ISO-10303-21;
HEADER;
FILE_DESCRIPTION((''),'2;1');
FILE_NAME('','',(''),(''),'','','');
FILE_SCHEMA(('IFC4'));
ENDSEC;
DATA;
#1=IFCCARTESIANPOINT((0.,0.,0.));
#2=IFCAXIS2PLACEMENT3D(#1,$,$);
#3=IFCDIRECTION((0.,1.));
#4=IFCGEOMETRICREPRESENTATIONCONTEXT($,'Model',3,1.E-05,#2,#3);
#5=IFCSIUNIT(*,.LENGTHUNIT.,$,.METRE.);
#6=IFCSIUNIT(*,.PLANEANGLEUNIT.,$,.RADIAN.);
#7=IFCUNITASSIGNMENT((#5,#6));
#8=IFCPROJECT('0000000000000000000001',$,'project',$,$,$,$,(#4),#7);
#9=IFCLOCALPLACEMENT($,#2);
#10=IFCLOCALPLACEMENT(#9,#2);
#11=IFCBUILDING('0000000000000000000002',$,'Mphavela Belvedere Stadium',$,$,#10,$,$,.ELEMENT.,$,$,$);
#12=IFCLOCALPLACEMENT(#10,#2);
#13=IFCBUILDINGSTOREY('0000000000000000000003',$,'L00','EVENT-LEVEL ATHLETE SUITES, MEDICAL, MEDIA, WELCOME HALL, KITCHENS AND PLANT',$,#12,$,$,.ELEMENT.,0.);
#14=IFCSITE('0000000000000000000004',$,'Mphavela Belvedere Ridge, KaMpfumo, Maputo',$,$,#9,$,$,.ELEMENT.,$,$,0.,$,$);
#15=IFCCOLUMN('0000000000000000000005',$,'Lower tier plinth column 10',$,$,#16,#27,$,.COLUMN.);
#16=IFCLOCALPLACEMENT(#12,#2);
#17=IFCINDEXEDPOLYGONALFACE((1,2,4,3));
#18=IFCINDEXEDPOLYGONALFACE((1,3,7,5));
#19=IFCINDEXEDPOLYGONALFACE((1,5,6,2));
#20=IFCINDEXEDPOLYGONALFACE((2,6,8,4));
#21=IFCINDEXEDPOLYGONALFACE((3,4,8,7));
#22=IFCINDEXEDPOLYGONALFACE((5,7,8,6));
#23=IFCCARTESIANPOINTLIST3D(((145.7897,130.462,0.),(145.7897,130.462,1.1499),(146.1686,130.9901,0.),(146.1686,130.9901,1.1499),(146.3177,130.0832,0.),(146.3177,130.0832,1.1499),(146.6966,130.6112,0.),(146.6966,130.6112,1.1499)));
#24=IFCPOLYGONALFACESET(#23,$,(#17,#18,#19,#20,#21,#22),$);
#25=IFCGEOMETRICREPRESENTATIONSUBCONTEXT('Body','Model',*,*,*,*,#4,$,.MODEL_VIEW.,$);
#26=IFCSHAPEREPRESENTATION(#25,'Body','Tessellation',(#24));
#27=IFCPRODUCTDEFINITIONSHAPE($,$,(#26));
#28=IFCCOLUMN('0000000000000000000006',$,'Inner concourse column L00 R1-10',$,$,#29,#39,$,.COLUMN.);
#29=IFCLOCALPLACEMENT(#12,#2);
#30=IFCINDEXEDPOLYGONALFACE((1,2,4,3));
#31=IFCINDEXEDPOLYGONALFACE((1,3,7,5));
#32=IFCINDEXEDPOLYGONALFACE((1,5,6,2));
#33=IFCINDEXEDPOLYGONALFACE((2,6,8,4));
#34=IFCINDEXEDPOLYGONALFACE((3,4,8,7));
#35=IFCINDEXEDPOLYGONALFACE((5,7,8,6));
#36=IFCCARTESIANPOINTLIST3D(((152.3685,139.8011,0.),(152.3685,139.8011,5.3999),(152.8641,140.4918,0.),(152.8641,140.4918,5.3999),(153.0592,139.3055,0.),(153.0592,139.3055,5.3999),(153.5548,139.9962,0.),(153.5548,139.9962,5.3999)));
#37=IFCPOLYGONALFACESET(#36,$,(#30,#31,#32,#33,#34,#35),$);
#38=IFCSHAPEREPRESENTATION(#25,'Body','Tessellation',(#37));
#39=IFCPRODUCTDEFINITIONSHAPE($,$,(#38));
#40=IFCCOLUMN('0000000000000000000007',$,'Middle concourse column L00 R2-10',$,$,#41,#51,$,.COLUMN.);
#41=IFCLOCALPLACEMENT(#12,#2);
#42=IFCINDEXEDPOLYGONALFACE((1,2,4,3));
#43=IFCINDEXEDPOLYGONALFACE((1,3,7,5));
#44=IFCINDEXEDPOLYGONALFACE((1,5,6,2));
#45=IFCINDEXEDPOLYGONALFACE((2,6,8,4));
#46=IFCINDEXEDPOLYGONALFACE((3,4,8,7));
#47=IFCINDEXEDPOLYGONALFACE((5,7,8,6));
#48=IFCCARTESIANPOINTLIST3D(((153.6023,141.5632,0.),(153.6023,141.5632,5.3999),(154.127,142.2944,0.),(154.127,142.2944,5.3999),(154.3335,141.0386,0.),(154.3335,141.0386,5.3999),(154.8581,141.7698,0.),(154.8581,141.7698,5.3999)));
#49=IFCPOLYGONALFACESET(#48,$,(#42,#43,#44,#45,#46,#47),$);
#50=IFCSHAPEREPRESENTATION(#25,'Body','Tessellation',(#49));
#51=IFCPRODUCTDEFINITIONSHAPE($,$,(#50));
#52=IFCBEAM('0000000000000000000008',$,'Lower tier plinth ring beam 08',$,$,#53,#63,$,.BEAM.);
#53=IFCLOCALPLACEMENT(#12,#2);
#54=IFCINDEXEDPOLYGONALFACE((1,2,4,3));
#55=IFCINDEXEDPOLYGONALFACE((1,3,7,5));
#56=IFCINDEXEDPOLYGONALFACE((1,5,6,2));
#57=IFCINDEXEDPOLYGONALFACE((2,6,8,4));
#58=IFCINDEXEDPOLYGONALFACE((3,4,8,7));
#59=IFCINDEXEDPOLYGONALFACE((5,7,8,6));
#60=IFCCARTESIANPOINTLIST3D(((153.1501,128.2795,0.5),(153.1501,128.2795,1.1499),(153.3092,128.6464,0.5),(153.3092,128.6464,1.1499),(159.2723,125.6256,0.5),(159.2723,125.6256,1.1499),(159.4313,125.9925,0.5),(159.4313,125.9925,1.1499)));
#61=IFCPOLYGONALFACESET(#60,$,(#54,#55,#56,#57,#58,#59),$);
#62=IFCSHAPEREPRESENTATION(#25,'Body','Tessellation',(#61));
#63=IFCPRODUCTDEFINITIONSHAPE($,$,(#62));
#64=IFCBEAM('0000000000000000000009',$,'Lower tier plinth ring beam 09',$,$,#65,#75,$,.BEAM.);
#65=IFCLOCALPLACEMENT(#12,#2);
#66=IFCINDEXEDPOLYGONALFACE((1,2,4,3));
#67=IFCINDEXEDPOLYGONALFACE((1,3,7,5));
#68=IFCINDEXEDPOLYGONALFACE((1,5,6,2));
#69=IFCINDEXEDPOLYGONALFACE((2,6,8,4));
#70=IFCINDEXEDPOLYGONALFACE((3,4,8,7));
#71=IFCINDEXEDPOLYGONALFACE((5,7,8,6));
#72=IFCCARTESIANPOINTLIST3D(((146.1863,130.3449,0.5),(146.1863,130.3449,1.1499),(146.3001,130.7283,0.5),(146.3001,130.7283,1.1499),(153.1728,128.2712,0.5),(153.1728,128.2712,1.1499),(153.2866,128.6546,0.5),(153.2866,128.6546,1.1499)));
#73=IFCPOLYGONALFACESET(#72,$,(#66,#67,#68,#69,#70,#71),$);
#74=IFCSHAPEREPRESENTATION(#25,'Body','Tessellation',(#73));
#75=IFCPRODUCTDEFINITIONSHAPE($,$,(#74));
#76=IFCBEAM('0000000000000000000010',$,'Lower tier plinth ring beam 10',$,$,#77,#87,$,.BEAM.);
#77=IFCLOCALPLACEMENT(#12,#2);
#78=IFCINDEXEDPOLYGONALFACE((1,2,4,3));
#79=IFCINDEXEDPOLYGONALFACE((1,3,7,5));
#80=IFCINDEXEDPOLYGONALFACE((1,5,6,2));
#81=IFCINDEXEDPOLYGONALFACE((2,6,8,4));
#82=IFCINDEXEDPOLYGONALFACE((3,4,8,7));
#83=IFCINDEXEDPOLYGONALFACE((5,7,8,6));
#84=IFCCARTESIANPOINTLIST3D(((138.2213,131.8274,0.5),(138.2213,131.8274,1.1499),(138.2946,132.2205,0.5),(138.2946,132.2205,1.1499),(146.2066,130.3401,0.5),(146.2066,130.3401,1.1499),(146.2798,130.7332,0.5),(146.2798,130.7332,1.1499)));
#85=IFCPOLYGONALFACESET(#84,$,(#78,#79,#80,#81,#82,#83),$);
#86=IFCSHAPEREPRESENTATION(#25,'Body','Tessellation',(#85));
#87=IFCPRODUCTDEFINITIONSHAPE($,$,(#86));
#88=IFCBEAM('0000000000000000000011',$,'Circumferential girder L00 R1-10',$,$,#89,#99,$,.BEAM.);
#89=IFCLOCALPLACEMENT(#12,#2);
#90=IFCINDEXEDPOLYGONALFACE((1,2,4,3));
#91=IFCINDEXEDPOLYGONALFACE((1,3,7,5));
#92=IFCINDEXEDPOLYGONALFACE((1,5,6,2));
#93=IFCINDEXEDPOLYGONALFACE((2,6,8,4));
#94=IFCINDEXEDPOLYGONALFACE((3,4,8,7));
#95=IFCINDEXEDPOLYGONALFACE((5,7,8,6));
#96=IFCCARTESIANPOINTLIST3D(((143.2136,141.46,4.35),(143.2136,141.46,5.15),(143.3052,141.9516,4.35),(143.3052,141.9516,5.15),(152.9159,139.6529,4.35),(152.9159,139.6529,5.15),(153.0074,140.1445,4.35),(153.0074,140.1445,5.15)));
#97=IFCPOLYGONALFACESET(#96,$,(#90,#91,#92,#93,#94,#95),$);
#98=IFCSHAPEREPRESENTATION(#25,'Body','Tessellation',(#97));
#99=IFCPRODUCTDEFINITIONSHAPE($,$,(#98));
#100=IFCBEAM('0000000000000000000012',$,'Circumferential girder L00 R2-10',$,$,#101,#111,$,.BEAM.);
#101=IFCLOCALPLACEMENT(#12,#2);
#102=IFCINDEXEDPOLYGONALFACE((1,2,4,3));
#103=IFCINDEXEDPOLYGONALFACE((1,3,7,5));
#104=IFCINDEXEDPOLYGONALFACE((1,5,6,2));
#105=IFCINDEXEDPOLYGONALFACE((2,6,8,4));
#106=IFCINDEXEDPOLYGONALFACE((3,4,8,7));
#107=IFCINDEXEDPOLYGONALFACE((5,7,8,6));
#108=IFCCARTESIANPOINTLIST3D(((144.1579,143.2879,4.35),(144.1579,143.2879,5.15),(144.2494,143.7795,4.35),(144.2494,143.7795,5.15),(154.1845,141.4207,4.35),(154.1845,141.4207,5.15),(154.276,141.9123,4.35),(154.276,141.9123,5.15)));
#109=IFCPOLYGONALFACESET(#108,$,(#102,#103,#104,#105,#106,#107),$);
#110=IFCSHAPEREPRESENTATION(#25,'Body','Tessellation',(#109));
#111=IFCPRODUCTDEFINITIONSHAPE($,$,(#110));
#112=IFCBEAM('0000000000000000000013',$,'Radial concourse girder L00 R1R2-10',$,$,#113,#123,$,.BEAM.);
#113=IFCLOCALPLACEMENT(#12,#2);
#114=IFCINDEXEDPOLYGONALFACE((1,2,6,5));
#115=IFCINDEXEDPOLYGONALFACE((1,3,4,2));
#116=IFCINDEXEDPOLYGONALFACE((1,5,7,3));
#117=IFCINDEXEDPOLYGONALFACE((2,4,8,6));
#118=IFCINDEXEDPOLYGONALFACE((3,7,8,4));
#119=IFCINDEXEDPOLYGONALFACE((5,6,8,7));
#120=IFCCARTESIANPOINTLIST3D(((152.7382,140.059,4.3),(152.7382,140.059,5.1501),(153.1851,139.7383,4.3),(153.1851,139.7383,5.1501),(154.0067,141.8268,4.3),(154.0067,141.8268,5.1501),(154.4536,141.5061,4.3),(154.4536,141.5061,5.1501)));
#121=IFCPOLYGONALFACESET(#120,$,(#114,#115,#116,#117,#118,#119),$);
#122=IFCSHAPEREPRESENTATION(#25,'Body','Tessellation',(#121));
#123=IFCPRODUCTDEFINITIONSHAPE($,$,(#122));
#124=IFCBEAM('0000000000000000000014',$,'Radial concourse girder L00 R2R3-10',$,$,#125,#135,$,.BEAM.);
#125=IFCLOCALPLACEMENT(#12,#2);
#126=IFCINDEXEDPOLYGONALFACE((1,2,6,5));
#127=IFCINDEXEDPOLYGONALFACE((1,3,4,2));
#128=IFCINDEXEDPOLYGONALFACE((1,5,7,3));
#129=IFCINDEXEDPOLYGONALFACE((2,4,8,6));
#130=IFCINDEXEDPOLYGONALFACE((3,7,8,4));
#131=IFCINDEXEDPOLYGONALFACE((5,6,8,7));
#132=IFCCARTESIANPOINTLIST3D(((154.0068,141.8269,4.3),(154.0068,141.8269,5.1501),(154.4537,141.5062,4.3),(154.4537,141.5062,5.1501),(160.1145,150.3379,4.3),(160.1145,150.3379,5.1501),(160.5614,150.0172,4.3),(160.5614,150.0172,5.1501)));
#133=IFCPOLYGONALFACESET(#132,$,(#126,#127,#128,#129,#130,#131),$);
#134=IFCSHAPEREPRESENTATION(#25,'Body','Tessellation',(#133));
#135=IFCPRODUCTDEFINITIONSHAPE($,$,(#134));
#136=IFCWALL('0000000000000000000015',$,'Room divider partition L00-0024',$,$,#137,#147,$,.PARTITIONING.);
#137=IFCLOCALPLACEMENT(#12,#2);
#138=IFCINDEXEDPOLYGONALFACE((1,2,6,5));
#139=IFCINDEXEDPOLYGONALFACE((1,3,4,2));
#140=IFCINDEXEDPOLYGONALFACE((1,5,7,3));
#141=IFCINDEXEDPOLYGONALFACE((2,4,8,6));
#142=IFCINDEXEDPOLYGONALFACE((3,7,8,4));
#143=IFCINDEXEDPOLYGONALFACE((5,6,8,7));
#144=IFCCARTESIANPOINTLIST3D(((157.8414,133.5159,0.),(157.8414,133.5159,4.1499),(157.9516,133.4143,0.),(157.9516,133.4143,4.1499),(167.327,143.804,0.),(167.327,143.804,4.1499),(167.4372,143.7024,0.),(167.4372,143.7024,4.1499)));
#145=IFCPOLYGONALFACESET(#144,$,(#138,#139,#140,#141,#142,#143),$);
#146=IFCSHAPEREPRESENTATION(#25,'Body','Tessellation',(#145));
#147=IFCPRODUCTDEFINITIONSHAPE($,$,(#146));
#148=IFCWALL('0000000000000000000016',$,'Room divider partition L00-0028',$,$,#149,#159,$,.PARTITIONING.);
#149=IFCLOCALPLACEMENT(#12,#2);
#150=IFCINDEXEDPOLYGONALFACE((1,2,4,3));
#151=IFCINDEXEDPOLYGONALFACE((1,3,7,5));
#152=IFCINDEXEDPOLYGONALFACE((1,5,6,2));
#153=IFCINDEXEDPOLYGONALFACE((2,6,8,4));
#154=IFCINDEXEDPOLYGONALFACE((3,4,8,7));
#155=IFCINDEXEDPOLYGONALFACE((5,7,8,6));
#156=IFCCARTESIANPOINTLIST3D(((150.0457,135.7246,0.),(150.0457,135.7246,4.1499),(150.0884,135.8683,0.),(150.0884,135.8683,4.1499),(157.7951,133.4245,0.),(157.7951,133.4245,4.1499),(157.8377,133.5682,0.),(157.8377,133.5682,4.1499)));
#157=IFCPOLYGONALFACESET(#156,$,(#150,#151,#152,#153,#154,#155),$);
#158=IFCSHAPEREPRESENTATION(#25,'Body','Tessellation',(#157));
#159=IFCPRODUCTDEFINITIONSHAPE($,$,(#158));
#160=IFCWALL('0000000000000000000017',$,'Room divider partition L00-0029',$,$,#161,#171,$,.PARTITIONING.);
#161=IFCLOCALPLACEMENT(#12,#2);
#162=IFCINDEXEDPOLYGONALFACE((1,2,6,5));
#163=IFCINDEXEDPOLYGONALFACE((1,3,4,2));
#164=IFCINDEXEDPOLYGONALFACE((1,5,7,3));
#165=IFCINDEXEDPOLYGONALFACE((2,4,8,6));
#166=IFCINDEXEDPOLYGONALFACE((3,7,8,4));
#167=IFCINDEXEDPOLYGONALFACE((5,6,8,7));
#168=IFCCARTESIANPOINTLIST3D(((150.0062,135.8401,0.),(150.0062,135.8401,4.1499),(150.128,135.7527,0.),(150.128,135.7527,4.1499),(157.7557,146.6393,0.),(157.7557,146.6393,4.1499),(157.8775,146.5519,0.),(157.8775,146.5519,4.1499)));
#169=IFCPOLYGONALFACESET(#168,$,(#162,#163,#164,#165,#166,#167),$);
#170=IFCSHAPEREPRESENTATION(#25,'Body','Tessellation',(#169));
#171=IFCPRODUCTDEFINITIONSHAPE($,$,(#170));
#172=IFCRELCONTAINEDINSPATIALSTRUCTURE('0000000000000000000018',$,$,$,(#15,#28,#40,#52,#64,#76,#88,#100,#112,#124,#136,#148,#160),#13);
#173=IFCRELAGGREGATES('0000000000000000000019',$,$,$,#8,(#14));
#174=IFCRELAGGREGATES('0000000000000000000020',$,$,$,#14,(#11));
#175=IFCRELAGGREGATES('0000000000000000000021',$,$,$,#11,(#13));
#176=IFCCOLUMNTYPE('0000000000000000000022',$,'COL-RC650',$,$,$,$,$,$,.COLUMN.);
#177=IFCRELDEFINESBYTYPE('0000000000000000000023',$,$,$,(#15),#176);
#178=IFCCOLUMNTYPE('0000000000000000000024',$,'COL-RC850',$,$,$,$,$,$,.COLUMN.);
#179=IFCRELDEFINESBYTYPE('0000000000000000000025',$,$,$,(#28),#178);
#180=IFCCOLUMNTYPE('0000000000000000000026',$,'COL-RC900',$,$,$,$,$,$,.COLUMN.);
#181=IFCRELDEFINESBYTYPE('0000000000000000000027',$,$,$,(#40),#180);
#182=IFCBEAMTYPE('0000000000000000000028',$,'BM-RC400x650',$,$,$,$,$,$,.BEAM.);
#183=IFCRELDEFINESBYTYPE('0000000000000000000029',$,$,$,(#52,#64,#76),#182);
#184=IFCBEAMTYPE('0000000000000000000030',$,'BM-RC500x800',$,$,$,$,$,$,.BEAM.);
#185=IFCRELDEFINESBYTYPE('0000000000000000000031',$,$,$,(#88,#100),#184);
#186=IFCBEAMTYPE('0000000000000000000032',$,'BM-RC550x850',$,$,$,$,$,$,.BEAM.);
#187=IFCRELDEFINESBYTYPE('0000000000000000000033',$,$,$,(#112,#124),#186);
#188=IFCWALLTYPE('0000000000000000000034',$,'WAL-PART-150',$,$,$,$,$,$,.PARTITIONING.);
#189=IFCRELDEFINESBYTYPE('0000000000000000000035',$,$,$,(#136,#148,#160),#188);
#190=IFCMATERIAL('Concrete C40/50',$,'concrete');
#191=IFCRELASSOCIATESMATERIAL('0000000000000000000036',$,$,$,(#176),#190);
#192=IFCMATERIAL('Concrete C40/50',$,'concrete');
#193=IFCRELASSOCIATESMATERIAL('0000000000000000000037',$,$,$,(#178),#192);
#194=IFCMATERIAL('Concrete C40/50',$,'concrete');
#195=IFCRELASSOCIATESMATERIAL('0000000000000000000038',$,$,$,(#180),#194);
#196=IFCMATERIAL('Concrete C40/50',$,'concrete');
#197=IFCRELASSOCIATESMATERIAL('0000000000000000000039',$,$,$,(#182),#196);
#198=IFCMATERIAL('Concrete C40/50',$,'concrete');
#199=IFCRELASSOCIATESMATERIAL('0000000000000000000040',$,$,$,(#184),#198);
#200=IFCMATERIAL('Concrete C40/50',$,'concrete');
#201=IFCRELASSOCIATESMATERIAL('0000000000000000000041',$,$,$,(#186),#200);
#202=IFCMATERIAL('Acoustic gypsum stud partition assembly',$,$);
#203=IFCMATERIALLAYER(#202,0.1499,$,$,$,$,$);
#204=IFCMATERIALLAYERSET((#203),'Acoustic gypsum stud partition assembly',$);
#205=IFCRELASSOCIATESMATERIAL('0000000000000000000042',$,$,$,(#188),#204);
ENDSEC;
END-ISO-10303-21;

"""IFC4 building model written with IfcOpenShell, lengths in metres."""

from ifc_helpers import new_model, si_unit, direction, frame, frame_2d, origin, origin_2d, place, context, subcontext, project, spatial, rectangle, extrude, material, layer, layer_set, material_profile, profile_set, type_object, element, save


model = new_model("IFC4")

# Units and contexts
model_context = context("Model", 3, precision=1e-05, world=origin(), true_north=direction((0.0, 1.0)))
body_context = subcontext(model_context, "Body", "Model", "MODEL_VIEW")
ifc_project = project(units=[si_unit("LENGTHUNIT", "METRE"), si_unit("PLANEANGLEUNIT", "RADIAN")], contexts=[model_context])

# Site, building, storey
site_placement = place(None, origin())
site = spatial("IfcSite", under=ifc_project, at=site_placement, Name="Mphavela Belvedere Ridge, KaMpfumo, Maputo", CompositionType="ELEMENT", RefElevation=0.0)
building_placement = place(site_placement, origin())
building = spatial("IfcBuilding", under=site, at=building_placement, Name="Mphavela Belvedere Stadium", CompositionType="ELEMENT")
storey_placement = place(building_placement, origin())
storey = spatial("IfcBuildingStorey", under=building, at=storey_placement, Name="L00", Description="EVENT-LEVEL ATHLETE SUITES, MEDICAL, MEDIA, WELCOME HALL, KITCHENS AND PLANT", CompositionType="ELEMENT", Elevation=0.0)

# Columns
ifc_material_1 = material(Name="Concrete C40/50", Category="concrete")
ifc_material_profile_1 = material_profile(ifc_material_1, rectangle(XDim=0.6499, YDim=0.6499, at=origin_2d()), Name="RC 650x650")
ifc_profile_set_1 = profile_set([ifc_material_profile_1], Name="Concrete C40/50")
column_type_1 = type_object("IfcColumnType", Name="COL-RC650", PredefinedType="COLUMN", material=ifc_profile_set_1)
for number, where, z_axis, x_axis, name in (
    (1, (146.2432, 130.5366, 0.0), (0.0, 0.0, 1.0), (0.582974, 0.812491, 0.0), "Lower tier plinth column 10"),
):
    element("IfcColumn", number, at=place(storey_placement, frame(where, z_axis=z_axis, x_axis=x_axis)), inside=storey, type_object=column_type_1, Name=name, PredefinedType="COLUMN", context=body_context, shape_type="SweptSolid", body=[
        extrude(rectangle(XDim=0.6499, YDim=0.6499, at=origin_2d()), origin(), (0.0, 0.0, 1.0), 1.1499),
    ])
ifc_material_2 = material(Name="Concrete C40/50", Category="concrete")
ifc_material_profile_2 = material_profile(ifc_material_2, rectangle(XDim=0.8501, YDim=0.8501, at=origin_2d()), Name="RC 850x850")
ifc_profile_set_2 = profile_set([ifc_material_profile_2], Name="Concrete C40/50")
column_type_2 = type_object("IfcColumnType", Name="COL-RC850", PredefinedType="COLUMN", material=ifc_profile_set_2)
column_1_placement = place(storey_placement, frame((152.9617, 139.8987, 0.0), z_axis=(0.0, 0.0, 1.0), x_axis=(0.582974, 0.812491, 0.0)))
element("IfcColumn", 2, at=column_1_placement, inside=storey, type_object=column_type_2, Name="Inner concourse column L00 R1-10", PredefinedType="COLUMN", context=body_context, shape_type="SweptSolid", body=[
    extrude(rectangle(XDim=0.8501, YDim=0.8501, at=origin_2d()), origin(), (0.0, 0.0, 1.0), 5.3999),
])
ifc_material_3 = material(Name="Concrete C40/50", Category="concrete")
ifc_material_profile_3 = material_profile(ifc_material_3, rectangle(XDim=0.8999, YDim=0.8999, at=origin_2d()), Name="RC 900x900")
ifc_profile_set_3 = profile_set([ifc_material_profile_3], Name="Concrete C40/50")
column_type_3 = type_object("IfcColumnType", Name="COL-RC900", PredefinedType="COLUMN", material=ifc_profile_set_3)
column_2_placement = place(storey_placement, frame((154.2302, 141.6665, 0.0), z_axis=(0.0, 0.0, 1.0), x_axis=(0.582974, 0.812491, 0.0)))
element("IfcColumn", 3, at=column_2_placement, inside=storey, type_object=column_type_3, Name="Middle concourse column L00 R2-10", PredefinedType="COLUMN", context=body_context, shape_type="SweptSolid", body=[
    extrude(rectangle(XDim=0.8999, YDim=0.8999, at=origin_2d()), origin(), (0.0, 0.0, 1.0), 5.3999),
])

# Beams
ifc_material_4 = material(Name="Concrete C40/50", Category="concrete")
ifc_material_profile_4 = material_profile(ifc_material_4, rectangle(XDim=0.3999, YDim=0.6499, at=origin_2d()), Name="RC 400x650")
ifc_profile_set_4 = profile_set([ifc_material_profile_4], Name="Concrete C40/50")
beam_type_1 = type_object("IfcBeamType", Name="BM-RC400x650", PredefinedType="BEAM", material=ifc_profile_set_4)
beam_1_placement = place(storey_placement, frame((159.3518, 125.8091, 0.825), z_axis=(-0.917506, 0.397722, 0.0), x_axis=(-0.397722, -0.917506, 0.0)))
element("IfcBeam", 4, at=beam_1_placement, inside=storey, type_object=beam_type_1, Name="Lower tier plinth ring beam 08", PredefinedType="BEAM", context=body_context, shape_type="SweptSolid", body=[
    extrude(rectangle(XDim=0.3999, YDim=0.6499, at=origin_2d()), origin(), (0.0, 0.0, 1.0), 6.6726),
])
beam_2_placement = place(storey_placement, frame((153.2297, 128.4629, 0.825), z_axis=(-0.958662, 0.284547, 0.0), x_axis=(-0.284547, -0.958662, 0.0)))
element("IfcBeam", 5, at=beam_2_placement, inside=storey, type_object=beam_type_1, Name="Lower tier plinth ring beam 09", PredefinedType="BEAM", context=body_context, shape_type="SweptSolid", body=[
    extrude(rectangle(XDim=0.3999, YDim=0.6499, at=origin_2d()), origin(), (0.0, 0.0, 1.0), 7.2878),
])
beam_3_placement = place(storey_placement, frame((146.2432, 130.5366, 0.825), z_axis=(-0.983092, 0.183111, 0.0), x_axis=(-0.183111, -0.983092, 0.0)))
element("IfcBeam", 6, at=beam_3_placement, inside=storey, type_object=beam_type_1, Name="Lower tier plinth ring beam 10", PredefinedType="BEAM", context=body_context, shape_type="SweptSolid", body=[
    extrude(rectangle(XDim=0.3999, YDim=0.6499, at=origin_2d()), origin(), (0.0, 0.0, 1.0), 8.1226),
])
ifc_material_5 = material(Name="Concrete C40/50", Category="concrete")
ifc_material_profile_5 = material_profile(ifc_material_5, rectangle(XDim=0.5, YDim=0.8, at=origin_2d()), Name="RC 500x800")
ifc_profile_set_5 = profile_set([ifc_material_profile_5], Name="Concrete C40/50")
beam_type_2 = type_object("IfcBeamType", Name="BM-RC500x800", PredefinedType="BEAM", material=ifc_profile_set_5)
beam_4_placement = place(storey_placement, frame((152.9617, 139.8987, 4.75), z_axis=(-0.983093, 0.183107, 0.0), x_axis=(-0.183107, -0.983093, 0.0)))
element("IfcBeam", 7, at=beam_4_placement, inside=storey, type_object=beam_type_2, Name="Circumferential girder L00 R1-10", PredefinedType="BEAM", context=body_context, shape_type="SweptSolid", body=[
    extrude(rectangle(XDim=0.5, YDim=0.8, at=origin_2d()), origin(), (0.0, 0.0, 1.0), 9.8691),
])
beam_5_placement = place(storey_placement, frame((154.2302, 141.6665, 4.75), z_axis=(-0.983099, 0.183076, 0.0), x_axis=(-0.183076, -0.983099, 0.0)))
element("IfcBeam", 8, at=beam_5_placement, inside=storey, type_object=beam_type_2, Name="Circumferential girder L00 R2-10", PredefinedType="BEAM", context=body_context, shape_type="SweptSolid", body=[
    extrude(rectangle(XDim=0.5, YDim=0.8, at=origin_2d()), origin(), (0.0, 0.0, 1.0), 10.199),
])
ifc_material_6 = material(Name="Concrete C40/50", Category="concrete")
ifc_material_profile_6 = material_profile(ifc_material_6, rectangle(XDim=0.55, YDim=0.8501, at=origin_2d()), Name="RC 550x850")
ifc_profile_set_6 = profile_set([ifc_material_profile_6], Name="Concrete C40/50")
beam_type_3 = type_object("IfcBeamType", Name="BM-RC550x850", PredefinedType="BEAM", material=ifc_profile_set_6)
beam_6_placement = place(storey_placement, frame((152.9617, 139.8987, 4.7251), z_axis=(0.583009, 0.812465, 0.0), x_axis=(-0.812465, 0.583009, 0.0)))
element("IfcBeam", 9, at=beam_6_placement, inside=storey, type_object=beam_type_3, Name="Radial concourse girder L00 R1R2-10", PredefinedType="BEAM", context=body_context, shape_type="SweptSolid", body=[
    extrude(rectangle(XDim=0.55, YDim=0.8501, at=origin_2d()), origin(), (0.0, 0.0, 1.0), 2.1758),
])
beam_7_placement = place(storey_placement, frame((154.2302, 141.6665, 4.7251), z_axis=(0.583031, 0.81245, 0.0), x_axis=(-0.81245, 0.583031, 0.0)))
element("IfcBeam", 10, at=beam_7_placement, inside=storey, type_object=beam_type_3, Name="Radial concourse girder L00 R2R3-10", PredefinedType="BEAM", context=body_context, shape_type="SweptSolid", body=[
    extrude(rectangle(XDim=0.55, YDim=0.8501, at=origin_2d()), origin(), (0.0, 0.0, 1.0), 10.4758),
])

# Walls
ifc_material_7 = material(Name="Acoustic gypsum stud partition assembly")
ifc_layer = layer(ifc_material_7, 0.1499)
ifc_layer_set = layer_set([ifc_layer], Name="Acoustic gypsum stud partition assembly")
wall_type = type_object("IfcWallType", Name="WAL-PART-150", PredefinedType="PARTITIONING", material=ifc_layer_set)
wall_1_placement = place(storey_placement, frame((157.8965, 133.4651, 0.0), z_axis=(0.0, 0.0, 1.0), x_axis=(0.677852, 0.735199, 0.0)))
element("IfcWall", 11, at=wall_1_placement, inside=storey, type_object=wall_type, Name="Room divider partition L00-0024", PredefinedType="PARTITIONING", context=body_context, shape_type="SweptSolid", body=[
    extrude(rectangle(XDim=13.9937, YDim=0.1499, at=frame_2d((6.9968, 0.0))), origin(), (0.0, 0.0, 1.0), 4.1499),
])
wall_2_placement = place(storey_placement, frame((157.8164, 133.4963, 0.0), z_axis=(0.0, 0.0, 1.0), x_axis=(-0.958664, 0.28454, 0.0)))
element("IfcWall", 12, at=wall_2_placement, inside=storey, type_object=wall_type, Name="Room divider partition L00-0028", PredefinedType="PARTITIONING", context=body_context, shape_type="SweptSolid", body=[
    extrude(rectangle(XDim=8.0835, YDim=0.1499, at=frame_2d((4.0417, 0.0))), origin(), (0.0, 0.0, 1.0), 4.1499),
])
wall_3_placement = place(storey_placement, frame((150.0671, 135.7964, 0.0), z_axis=(0.0, 0.0, 1.0), x_axis=(0.583016, 0.812461, 0.0)))
element("IfcWall", 13, at=wall_3_placement, inside=storey, type_object=wall_type, Name="Room divider partition L00-0029", PredefinedType="PARTITIONING", context=body_context, shape_type="SweptSolid", body=[
    extrude(rectangle(XDim=13.292, YDim=0.1499, at=frame_2d((6.646, 0.0))), origin(), (0.0, 0.0, 1.0), 4.1499),
])

save(model, "model.ifc")
